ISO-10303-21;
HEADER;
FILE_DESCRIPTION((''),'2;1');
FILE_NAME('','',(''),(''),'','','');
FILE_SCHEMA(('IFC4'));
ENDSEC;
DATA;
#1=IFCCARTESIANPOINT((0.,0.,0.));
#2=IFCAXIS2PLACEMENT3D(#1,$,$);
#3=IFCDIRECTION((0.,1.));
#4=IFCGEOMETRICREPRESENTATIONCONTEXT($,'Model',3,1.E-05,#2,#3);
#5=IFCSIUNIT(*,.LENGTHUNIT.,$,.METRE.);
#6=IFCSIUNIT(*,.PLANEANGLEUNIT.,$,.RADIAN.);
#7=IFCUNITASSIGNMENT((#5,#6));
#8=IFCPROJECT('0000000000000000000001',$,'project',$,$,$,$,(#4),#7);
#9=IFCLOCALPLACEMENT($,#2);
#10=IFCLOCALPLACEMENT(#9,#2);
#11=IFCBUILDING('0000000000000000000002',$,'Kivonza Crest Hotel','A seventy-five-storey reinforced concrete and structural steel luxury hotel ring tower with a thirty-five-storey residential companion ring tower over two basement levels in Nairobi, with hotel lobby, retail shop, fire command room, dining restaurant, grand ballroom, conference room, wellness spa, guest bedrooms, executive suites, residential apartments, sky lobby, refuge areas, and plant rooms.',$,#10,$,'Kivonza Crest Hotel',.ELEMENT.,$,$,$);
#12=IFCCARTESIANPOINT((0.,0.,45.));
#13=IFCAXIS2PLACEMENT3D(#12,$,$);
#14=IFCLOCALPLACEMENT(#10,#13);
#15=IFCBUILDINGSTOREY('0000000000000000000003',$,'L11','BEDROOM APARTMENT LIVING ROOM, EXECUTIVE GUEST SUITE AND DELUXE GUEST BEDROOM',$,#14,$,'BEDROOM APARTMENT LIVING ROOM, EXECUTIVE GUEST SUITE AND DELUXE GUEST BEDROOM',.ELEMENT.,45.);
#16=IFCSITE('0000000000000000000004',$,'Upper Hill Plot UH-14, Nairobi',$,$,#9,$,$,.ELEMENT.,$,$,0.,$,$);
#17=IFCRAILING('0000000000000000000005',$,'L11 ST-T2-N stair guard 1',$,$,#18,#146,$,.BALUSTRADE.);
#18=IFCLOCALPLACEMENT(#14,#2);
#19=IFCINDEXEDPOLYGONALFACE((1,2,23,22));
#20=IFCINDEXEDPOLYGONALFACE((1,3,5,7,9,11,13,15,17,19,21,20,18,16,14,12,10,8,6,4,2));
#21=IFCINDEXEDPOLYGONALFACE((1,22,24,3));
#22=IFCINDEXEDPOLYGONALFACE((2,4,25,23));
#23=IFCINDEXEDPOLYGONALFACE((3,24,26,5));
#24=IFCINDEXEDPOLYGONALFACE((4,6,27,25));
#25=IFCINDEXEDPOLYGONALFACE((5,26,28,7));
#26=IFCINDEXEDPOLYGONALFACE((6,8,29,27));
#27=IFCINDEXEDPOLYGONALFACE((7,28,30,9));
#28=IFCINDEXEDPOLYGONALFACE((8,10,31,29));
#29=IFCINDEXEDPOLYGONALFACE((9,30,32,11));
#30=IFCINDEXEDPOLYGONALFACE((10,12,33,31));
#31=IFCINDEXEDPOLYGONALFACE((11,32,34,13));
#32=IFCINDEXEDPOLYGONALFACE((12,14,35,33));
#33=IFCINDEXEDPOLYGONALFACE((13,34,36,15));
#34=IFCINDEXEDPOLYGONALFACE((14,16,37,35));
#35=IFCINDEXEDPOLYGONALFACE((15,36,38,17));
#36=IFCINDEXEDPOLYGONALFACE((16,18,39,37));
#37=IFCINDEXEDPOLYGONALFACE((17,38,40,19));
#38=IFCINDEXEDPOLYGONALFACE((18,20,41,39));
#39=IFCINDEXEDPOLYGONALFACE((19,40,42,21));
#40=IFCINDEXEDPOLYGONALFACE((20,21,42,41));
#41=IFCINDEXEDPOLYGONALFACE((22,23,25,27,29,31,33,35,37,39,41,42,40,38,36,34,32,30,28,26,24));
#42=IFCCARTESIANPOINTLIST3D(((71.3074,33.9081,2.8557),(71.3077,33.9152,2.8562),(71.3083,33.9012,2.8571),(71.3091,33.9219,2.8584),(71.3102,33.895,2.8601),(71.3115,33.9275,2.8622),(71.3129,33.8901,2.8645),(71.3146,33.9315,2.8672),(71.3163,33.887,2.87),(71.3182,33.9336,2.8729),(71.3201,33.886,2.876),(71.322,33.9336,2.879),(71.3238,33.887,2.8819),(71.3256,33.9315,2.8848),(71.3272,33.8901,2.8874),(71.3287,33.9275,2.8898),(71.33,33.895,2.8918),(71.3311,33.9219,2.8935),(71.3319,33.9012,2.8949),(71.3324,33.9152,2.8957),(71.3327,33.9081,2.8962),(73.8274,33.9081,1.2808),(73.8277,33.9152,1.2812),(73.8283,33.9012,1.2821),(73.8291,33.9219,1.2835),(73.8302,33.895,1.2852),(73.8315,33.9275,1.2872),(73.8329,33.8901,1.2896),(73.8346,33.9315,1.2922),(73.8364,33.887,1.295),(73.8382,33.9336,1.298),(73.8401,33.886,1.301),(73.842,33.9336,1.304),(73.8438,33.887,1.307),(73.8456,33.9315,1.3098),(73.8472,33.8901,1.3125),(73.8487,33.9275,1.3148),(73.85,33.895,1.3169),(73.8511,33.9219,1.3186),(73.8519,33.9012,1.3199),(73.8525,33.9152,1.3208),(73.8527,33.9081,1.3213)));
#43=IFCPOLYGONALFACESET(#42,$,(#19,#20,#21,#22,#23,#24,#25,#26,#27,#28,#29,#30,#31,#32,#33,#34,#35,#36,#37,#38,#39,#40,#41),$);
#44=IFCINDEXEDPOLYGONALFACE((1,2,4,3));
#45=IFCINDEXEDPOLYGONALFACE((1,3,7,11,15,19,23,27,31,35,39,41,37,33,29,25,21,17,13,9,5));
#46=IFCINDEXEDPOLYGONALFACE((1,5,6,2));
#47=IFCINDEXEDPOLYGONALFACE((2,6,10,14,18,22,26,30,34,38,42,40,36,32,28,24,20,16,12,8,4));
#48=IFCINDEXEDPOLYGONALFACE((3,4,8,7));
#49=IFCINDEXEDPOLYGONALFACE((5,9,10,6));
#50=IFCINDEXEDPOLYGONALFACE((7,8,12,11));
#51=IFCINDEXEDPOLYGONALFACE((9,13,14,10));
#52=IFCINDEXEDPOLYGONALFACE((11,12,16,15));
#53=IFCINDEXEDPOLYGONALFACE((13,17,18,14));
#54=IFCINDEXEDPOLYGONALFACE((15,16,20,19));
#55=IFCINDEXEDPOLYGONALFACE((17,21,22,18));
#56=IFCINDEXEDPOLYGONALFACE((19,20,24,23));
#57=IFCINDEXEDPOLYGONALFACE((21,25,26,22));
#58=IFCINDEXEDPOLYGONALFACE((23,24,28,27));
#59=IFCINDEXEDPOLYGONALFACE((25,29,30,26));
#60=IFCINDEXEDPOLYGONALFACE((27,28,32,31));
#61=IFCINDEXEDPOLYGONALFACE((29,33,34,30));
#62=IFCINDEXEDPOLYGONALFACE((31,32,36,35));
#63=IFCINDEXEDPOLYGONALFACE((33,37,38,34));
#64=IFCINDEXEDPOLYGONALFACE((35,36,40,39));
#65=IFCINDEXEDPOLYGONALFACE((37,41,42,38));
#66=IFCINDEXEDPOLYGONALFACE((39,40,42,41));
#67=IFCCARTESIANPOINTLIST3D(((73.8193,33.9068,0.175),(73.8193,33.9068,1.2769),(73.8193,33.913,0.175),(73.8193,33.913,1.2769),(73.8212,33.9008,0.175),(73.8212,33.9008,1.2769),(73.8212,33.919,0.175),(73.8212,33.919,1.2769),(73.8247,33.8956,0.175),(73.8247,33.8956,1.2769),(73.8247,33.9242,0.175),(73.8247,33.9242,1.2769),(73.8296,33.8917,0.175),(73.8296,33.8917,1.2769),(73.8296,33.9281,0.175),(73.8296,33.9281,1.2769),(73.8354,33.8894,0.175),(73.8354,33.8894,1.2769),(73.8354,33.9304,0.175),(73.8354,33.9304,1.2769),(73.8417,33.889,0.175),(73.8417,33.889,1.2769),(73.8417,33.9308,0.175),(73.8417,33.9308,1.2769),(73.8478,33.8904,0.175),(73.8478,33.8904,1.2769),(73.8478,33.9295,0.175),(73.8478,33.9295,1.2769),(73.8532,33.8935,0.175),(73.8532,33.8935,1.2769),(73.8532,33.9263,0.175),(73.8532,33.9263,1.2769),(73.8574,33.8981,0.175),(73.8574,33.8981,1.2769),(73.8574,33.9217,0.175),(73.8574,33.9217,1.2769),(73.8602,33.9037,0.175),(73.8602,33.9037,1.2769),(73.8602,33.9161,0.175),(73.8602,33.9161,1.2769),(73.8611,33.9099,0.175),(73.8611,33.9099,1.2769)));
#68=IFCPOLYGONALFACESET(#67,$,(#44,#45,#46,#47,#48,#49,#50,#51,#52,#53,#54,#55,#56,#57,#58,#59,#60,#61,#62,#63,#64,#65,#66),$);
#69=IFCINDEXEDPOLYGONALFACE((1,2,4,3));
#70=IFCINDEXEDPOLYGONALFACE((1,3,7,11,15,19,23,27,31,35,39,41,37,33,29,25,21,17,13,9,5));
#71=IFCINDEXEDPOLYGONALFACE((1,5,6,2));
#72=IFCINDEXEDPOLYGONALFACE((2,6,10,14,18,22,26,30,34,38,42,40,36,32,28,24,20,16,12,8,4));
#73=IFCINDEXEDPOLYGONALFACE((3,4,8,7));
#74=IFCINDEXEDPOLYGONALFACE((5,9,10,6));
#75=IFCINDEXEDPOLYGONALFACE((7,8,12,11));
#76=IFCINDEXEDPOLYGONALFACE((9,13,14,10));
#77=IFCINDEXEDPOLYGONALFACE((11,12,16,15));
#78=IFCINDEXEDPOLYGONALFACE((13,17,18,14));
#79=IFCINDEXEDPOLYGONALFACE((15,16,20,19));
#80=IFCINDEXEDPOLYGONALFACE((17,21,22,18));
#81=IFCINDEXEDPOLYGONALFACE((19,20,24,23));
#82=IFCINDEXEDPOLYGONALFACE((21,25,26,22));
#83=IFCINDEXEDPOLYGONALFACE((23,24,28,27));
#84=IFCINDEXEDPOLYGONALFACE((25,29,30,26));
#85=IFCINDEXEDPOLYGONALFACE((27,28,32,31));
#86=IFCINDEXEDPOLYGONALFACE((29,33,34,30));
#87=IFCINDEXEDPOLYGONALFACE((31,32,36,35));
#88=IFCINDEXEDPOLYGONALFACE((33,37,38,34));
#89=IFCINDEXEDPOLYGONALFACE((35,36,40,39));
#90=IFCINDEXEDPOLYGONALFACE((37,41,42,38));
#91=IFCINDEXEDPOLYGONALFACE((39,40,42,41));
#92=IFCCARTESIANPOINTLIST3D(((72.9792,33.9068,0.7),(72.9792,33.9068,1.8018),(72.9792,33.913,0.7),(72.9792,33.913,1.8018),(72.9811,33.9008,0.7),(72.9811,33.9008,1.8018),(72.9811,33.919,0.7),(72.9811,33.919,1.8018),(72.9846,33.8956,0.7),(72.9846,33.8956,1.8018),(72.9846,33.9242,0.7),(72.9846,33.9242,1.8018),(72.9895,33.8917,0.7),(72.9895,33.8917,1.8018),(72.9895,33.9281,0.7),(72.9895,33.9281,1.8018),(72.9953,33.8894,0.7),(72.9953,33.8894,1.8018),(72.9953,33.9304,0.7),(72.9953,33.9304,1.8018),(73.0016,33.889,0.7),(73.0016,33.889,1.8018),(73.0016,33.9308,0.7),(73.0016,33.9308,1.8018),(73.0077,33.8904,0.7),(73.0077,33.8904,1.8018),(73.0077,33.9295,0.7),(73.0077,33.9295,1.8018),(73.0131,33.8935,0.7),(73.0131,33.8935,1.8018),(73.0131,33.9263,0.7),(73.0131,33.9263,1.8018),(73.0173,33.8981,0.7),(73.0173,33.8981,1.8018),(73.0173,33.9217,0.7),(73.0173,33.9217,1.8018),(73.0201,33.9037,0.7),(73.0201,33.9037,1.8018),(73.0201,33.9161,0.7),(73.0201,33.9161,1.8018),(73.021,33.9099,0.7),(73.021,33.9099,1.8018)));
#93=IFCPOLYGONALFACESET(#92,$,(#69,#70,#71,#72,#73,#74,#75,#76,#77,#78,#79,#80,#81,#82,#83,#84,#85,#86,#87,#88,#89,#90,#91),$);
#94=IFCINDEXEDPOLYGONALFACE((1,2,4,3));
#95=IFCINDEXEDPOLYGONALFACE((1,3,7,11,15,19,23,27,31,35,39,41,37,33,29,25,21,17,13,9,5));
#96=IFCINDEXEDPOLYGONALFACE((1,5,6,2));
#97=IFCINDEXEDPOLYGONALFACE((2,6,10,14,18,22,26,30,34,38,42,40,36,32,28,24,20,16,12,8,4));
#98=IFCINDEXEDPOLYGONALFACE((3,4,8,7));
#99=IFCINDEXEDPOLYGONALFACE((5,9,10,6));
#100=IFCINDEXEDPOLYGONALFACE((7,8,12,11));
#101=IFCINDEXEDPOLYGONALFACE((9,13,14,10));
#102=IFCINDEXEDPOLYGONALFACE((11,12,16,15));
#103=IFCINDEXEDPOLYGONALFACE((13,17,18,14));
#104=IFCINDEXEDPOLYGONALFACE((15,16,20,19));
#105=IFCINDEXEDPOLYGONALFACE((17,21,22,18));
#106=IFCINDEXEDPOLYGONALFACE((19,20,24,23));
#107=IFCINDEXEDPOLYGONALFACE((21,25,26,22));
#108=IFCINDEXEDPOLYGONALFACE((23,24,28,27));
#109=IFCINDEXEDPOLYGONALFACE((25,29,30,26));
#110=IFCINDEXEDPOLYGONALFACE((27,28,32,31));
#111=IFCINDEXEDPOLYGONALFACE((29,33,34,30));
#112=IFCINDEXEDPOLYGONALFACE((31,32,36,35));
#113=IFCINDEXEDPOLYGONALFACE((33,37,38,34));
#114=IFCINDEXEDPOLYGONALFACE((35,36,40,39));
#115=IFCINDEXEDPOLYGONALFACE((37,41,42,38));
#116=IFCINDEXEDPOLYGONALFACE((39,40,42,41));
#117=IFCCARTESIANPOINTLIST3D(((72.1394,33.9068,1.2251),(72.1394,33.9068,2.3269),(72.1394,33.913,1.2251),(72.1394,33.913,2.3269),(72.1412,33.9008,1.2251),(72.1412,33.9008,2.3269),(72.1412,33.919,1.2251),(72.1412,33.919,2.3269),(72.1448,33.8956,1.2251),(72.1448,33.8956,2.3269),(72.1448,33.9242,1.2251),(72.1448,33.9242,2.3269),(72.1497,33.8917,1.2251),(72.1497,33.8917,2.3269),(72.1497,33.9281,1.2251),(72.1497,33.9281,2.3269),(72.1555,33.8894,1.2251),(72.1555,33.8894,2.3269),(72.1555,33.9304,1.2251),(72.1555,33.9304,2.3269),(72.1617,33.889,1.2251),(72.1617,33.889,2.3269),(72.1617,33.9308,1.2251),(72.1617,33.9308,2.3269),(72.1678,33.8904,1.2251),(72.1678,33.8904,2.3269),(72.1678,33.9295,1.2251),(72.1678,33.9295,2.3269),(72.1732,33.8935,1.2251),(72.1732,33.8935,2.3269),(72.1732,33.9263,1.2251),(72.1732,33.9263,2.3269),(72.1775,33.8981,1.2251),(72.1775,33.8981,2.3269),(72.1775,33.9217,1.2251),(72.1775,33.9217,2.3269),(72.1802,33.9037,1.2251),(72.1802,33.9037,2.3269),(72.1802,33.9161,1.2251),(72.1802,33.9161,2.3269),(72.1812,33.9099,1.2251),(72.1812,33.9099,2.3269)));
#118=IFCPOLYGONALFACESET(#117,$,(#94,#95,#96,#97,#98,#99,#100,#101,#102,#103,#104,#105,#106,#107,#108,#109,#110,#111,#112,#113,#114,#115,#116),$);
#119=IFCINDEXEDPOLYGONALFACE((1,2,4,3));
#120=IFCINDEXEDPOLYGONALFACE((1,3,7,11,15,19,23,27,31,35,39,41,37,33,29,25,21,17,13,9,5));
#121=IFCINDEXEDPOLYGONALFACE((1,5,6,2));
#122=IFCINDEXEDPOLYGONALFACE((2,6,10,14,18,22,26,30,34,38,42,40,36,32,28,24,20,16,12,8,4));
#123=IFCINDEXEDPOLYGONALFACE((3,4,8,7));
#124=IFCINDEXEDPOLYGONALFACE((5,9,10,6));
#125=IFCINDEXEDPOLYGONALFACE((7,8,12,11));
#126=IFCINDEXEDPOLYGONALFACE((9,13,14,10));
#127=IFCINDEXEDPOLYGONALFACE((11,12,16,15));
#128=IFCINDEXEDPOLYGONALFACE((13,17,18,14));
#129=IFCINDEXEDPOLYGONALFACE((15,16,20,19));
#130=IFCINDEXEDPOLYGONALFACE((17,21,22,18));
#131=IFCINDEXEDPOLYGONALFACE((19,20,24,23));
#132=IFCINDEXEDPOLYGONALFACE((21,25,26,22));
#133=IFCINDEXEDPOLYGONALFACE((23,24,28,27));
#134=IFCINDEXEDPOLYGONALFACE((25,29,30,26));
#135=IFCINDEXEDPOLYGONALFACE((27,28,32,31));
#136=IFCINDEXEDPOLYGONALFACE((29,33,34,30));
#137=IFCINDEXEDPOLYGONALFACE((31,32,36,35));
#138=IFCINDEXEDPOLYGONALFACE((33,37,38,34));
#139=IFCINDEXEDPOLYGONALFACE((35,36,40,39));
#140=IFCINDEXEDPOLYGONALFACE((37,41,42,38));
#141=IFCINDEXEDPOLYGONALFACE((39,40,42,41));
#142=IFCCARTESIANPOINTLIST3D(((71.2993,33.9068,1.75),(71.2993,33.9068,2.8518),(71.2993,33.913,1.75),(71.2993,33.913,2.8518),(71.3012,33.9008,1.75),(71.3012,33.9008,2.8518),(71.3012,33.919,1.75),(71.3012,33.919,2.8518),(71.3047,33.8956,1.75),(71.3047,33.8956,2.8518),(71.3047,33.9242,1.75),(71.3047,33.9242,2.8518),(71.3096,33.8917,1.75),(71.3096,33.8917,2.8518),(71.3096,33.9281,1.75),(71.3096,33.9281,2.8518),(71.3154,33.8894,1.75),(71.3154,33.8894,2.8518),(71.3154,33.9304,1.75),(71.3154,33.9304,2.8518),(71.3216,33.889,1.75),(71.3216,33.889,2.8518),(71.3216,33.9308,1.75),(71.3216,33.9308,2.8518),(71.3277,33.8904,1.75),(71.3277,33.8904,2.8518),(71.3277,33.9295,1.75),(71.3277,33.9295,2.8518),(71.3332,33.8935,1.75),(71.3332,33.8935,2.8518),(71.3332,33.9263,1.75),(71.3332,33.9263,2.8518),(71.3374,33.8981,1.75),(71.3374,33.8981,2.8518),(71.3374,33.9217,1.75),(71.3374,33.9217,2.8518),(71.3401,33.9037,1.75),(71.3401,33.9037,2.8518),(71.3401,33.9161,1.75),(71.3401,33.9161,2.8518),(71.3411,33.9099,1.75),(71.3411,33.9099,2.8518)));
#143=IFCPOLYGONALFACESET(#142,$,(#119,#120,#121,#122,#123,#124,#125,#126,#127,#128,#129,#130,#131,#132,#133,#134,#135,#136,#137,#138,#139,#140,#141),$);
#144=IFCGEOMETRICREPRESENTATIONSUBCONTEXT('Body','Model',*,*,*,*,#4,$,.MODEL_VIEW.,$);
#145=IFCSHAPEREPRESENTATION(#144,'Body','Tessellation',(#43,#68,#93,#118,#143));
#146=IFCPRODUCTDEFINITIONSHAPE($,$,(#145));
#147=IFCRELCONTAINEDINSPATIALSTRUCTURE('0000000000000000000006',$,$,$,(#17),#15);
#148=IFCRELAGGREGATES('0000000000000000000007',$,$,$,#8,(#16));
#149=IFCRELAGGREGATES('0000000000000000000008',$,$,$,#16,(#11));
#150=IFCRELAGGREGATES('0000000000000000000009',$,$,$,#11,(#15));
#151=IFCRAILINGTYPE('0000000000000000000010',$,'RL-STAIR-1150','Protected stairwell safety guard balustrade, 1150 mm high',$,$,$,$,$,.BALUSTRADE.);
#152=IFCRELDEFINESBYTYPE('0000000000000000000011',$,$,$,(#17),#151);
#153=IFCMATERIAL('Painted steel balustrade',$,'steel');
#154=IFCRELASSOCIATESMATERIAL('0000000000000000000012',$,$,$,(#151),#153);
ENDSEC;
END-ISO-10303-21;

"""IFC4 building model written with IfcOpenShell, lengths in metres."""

from ifc_helpers import new_model, si_unit, direction, frame, origin, origin_2d, place, context, subcontext, project, spatial, circle, extrude, material, type_object, element, save


model = new_model("IFC4")

# Units and contexts
model_context = context("Model", 3, precision=1e-05, world=origin(), true_north=direction((0.0, 1.0)))
body_context = subcontext(model_context, "Body", "Model", "MODEL_VIEW")
ifc_project = project(units=[si_unit("LENGTHUNIT", "METRE"), si_unit("PLANEANGLEUNIT", "RADIAN")], contexts=[model_context])

# Site, building, storey
site_placement = place(None, origin())
site = spatial("IfcSite", under=ifc_project, at=site_placement, Name="Upper Hill Plot UH-14, Nairobi", CompositionType="ELEMENT", RefElevation=0.0)
building_placement = place(site_placement, origin())
building = spatial("IfcBuilding", under=site, at=building_placement, Name="Kivonza Crest Hotel", Description="A seventy-five-storey reinforced concrete and structural steel luxury hotel ring tower with a thirty-five-storey residential companion ring tower over two basement levels in Nairobi, with hotel lobby, retail shop, fire command room, dining restaurant, grand ballroom, conference room, wellness spa, guest bedrooms, executive suites, residential apartments, sky lobby, refuge areas, and plant rooms.", LongName="Kivonza Crest Hotel", CompositionType="ELEMENT")
storey_placement = place(building_placement, frame((0.0, 0.0, 45.0)))
storey = spatial("IfcBuildingStorey", under=building, at=storey_placement, Name="L11", Description="BEDROOM APARTMENT LIVING ROOM, EXECUTIVE GUEST SUITE AND DELUXE GUEST BEDROOM", LongName="BEDROOM APARTMENT LIVING ROOM, EXECUTIVE GUEST SUITE AND DELUXE GUEST BEDROOM", CompositionType="ELEMENT", Elevation=45.0)

# Railing
ifc_material_1 = material(Name="Painted steel balustrade", Category="steel")
railing_type_1 = type_object("IfcRailingType", Name="RL-STAIR-1150", Description="Protected stairwell safety guard balustrade, 1150 mm high", PredefinedType="BALUSTRADE", material=ifc_material_1)
railing_1_placement = place(storey_placement, frame((73.8401, 33.9099, 0.175)))
element("IfcRailing", 1, at=railing_1_placement, inside=storey, type_object=railing_type_1, Name="L11 ST-T2-N stair guard 1", PredefinedType="BALUSTRADE", context=body_context, shape_type="SweptSolid", body=[
    extrude(circle(Radius=0.0239, at=origin_2d()), frame((0.0, 0.0, 1.126), z_axis=(-0.848008, 0.0, 0.529984), x_axis=(0.0, -1.0, 0.0)), (0.0, 0.0, 1.0), 2.9717),
    extrude(circle(Radius=0.021, at=origin_2d()), origin(), (0.0, 0.0, 1.0), 1.1018),
    extrude(circle(Radius=0.021, at=origin_2d()), frame((-0.8401, 0.0, 0.5249)), (0.0, 0.0, 1.0), 1.1018),
    extrude(circle(Radius=0.021, at=origin_2d()), frame((-1.6799, 0.0, 1.05)), (0.0, 0.0, 1.0), 1.1018),
    extrude(circle(Radius=0.021, at=origin_2d()), frame((-2.52, 0.0, 1.575)), (0.0, 0.0, 1.0), 1.1018),
])

save(model, "model.ifc")
